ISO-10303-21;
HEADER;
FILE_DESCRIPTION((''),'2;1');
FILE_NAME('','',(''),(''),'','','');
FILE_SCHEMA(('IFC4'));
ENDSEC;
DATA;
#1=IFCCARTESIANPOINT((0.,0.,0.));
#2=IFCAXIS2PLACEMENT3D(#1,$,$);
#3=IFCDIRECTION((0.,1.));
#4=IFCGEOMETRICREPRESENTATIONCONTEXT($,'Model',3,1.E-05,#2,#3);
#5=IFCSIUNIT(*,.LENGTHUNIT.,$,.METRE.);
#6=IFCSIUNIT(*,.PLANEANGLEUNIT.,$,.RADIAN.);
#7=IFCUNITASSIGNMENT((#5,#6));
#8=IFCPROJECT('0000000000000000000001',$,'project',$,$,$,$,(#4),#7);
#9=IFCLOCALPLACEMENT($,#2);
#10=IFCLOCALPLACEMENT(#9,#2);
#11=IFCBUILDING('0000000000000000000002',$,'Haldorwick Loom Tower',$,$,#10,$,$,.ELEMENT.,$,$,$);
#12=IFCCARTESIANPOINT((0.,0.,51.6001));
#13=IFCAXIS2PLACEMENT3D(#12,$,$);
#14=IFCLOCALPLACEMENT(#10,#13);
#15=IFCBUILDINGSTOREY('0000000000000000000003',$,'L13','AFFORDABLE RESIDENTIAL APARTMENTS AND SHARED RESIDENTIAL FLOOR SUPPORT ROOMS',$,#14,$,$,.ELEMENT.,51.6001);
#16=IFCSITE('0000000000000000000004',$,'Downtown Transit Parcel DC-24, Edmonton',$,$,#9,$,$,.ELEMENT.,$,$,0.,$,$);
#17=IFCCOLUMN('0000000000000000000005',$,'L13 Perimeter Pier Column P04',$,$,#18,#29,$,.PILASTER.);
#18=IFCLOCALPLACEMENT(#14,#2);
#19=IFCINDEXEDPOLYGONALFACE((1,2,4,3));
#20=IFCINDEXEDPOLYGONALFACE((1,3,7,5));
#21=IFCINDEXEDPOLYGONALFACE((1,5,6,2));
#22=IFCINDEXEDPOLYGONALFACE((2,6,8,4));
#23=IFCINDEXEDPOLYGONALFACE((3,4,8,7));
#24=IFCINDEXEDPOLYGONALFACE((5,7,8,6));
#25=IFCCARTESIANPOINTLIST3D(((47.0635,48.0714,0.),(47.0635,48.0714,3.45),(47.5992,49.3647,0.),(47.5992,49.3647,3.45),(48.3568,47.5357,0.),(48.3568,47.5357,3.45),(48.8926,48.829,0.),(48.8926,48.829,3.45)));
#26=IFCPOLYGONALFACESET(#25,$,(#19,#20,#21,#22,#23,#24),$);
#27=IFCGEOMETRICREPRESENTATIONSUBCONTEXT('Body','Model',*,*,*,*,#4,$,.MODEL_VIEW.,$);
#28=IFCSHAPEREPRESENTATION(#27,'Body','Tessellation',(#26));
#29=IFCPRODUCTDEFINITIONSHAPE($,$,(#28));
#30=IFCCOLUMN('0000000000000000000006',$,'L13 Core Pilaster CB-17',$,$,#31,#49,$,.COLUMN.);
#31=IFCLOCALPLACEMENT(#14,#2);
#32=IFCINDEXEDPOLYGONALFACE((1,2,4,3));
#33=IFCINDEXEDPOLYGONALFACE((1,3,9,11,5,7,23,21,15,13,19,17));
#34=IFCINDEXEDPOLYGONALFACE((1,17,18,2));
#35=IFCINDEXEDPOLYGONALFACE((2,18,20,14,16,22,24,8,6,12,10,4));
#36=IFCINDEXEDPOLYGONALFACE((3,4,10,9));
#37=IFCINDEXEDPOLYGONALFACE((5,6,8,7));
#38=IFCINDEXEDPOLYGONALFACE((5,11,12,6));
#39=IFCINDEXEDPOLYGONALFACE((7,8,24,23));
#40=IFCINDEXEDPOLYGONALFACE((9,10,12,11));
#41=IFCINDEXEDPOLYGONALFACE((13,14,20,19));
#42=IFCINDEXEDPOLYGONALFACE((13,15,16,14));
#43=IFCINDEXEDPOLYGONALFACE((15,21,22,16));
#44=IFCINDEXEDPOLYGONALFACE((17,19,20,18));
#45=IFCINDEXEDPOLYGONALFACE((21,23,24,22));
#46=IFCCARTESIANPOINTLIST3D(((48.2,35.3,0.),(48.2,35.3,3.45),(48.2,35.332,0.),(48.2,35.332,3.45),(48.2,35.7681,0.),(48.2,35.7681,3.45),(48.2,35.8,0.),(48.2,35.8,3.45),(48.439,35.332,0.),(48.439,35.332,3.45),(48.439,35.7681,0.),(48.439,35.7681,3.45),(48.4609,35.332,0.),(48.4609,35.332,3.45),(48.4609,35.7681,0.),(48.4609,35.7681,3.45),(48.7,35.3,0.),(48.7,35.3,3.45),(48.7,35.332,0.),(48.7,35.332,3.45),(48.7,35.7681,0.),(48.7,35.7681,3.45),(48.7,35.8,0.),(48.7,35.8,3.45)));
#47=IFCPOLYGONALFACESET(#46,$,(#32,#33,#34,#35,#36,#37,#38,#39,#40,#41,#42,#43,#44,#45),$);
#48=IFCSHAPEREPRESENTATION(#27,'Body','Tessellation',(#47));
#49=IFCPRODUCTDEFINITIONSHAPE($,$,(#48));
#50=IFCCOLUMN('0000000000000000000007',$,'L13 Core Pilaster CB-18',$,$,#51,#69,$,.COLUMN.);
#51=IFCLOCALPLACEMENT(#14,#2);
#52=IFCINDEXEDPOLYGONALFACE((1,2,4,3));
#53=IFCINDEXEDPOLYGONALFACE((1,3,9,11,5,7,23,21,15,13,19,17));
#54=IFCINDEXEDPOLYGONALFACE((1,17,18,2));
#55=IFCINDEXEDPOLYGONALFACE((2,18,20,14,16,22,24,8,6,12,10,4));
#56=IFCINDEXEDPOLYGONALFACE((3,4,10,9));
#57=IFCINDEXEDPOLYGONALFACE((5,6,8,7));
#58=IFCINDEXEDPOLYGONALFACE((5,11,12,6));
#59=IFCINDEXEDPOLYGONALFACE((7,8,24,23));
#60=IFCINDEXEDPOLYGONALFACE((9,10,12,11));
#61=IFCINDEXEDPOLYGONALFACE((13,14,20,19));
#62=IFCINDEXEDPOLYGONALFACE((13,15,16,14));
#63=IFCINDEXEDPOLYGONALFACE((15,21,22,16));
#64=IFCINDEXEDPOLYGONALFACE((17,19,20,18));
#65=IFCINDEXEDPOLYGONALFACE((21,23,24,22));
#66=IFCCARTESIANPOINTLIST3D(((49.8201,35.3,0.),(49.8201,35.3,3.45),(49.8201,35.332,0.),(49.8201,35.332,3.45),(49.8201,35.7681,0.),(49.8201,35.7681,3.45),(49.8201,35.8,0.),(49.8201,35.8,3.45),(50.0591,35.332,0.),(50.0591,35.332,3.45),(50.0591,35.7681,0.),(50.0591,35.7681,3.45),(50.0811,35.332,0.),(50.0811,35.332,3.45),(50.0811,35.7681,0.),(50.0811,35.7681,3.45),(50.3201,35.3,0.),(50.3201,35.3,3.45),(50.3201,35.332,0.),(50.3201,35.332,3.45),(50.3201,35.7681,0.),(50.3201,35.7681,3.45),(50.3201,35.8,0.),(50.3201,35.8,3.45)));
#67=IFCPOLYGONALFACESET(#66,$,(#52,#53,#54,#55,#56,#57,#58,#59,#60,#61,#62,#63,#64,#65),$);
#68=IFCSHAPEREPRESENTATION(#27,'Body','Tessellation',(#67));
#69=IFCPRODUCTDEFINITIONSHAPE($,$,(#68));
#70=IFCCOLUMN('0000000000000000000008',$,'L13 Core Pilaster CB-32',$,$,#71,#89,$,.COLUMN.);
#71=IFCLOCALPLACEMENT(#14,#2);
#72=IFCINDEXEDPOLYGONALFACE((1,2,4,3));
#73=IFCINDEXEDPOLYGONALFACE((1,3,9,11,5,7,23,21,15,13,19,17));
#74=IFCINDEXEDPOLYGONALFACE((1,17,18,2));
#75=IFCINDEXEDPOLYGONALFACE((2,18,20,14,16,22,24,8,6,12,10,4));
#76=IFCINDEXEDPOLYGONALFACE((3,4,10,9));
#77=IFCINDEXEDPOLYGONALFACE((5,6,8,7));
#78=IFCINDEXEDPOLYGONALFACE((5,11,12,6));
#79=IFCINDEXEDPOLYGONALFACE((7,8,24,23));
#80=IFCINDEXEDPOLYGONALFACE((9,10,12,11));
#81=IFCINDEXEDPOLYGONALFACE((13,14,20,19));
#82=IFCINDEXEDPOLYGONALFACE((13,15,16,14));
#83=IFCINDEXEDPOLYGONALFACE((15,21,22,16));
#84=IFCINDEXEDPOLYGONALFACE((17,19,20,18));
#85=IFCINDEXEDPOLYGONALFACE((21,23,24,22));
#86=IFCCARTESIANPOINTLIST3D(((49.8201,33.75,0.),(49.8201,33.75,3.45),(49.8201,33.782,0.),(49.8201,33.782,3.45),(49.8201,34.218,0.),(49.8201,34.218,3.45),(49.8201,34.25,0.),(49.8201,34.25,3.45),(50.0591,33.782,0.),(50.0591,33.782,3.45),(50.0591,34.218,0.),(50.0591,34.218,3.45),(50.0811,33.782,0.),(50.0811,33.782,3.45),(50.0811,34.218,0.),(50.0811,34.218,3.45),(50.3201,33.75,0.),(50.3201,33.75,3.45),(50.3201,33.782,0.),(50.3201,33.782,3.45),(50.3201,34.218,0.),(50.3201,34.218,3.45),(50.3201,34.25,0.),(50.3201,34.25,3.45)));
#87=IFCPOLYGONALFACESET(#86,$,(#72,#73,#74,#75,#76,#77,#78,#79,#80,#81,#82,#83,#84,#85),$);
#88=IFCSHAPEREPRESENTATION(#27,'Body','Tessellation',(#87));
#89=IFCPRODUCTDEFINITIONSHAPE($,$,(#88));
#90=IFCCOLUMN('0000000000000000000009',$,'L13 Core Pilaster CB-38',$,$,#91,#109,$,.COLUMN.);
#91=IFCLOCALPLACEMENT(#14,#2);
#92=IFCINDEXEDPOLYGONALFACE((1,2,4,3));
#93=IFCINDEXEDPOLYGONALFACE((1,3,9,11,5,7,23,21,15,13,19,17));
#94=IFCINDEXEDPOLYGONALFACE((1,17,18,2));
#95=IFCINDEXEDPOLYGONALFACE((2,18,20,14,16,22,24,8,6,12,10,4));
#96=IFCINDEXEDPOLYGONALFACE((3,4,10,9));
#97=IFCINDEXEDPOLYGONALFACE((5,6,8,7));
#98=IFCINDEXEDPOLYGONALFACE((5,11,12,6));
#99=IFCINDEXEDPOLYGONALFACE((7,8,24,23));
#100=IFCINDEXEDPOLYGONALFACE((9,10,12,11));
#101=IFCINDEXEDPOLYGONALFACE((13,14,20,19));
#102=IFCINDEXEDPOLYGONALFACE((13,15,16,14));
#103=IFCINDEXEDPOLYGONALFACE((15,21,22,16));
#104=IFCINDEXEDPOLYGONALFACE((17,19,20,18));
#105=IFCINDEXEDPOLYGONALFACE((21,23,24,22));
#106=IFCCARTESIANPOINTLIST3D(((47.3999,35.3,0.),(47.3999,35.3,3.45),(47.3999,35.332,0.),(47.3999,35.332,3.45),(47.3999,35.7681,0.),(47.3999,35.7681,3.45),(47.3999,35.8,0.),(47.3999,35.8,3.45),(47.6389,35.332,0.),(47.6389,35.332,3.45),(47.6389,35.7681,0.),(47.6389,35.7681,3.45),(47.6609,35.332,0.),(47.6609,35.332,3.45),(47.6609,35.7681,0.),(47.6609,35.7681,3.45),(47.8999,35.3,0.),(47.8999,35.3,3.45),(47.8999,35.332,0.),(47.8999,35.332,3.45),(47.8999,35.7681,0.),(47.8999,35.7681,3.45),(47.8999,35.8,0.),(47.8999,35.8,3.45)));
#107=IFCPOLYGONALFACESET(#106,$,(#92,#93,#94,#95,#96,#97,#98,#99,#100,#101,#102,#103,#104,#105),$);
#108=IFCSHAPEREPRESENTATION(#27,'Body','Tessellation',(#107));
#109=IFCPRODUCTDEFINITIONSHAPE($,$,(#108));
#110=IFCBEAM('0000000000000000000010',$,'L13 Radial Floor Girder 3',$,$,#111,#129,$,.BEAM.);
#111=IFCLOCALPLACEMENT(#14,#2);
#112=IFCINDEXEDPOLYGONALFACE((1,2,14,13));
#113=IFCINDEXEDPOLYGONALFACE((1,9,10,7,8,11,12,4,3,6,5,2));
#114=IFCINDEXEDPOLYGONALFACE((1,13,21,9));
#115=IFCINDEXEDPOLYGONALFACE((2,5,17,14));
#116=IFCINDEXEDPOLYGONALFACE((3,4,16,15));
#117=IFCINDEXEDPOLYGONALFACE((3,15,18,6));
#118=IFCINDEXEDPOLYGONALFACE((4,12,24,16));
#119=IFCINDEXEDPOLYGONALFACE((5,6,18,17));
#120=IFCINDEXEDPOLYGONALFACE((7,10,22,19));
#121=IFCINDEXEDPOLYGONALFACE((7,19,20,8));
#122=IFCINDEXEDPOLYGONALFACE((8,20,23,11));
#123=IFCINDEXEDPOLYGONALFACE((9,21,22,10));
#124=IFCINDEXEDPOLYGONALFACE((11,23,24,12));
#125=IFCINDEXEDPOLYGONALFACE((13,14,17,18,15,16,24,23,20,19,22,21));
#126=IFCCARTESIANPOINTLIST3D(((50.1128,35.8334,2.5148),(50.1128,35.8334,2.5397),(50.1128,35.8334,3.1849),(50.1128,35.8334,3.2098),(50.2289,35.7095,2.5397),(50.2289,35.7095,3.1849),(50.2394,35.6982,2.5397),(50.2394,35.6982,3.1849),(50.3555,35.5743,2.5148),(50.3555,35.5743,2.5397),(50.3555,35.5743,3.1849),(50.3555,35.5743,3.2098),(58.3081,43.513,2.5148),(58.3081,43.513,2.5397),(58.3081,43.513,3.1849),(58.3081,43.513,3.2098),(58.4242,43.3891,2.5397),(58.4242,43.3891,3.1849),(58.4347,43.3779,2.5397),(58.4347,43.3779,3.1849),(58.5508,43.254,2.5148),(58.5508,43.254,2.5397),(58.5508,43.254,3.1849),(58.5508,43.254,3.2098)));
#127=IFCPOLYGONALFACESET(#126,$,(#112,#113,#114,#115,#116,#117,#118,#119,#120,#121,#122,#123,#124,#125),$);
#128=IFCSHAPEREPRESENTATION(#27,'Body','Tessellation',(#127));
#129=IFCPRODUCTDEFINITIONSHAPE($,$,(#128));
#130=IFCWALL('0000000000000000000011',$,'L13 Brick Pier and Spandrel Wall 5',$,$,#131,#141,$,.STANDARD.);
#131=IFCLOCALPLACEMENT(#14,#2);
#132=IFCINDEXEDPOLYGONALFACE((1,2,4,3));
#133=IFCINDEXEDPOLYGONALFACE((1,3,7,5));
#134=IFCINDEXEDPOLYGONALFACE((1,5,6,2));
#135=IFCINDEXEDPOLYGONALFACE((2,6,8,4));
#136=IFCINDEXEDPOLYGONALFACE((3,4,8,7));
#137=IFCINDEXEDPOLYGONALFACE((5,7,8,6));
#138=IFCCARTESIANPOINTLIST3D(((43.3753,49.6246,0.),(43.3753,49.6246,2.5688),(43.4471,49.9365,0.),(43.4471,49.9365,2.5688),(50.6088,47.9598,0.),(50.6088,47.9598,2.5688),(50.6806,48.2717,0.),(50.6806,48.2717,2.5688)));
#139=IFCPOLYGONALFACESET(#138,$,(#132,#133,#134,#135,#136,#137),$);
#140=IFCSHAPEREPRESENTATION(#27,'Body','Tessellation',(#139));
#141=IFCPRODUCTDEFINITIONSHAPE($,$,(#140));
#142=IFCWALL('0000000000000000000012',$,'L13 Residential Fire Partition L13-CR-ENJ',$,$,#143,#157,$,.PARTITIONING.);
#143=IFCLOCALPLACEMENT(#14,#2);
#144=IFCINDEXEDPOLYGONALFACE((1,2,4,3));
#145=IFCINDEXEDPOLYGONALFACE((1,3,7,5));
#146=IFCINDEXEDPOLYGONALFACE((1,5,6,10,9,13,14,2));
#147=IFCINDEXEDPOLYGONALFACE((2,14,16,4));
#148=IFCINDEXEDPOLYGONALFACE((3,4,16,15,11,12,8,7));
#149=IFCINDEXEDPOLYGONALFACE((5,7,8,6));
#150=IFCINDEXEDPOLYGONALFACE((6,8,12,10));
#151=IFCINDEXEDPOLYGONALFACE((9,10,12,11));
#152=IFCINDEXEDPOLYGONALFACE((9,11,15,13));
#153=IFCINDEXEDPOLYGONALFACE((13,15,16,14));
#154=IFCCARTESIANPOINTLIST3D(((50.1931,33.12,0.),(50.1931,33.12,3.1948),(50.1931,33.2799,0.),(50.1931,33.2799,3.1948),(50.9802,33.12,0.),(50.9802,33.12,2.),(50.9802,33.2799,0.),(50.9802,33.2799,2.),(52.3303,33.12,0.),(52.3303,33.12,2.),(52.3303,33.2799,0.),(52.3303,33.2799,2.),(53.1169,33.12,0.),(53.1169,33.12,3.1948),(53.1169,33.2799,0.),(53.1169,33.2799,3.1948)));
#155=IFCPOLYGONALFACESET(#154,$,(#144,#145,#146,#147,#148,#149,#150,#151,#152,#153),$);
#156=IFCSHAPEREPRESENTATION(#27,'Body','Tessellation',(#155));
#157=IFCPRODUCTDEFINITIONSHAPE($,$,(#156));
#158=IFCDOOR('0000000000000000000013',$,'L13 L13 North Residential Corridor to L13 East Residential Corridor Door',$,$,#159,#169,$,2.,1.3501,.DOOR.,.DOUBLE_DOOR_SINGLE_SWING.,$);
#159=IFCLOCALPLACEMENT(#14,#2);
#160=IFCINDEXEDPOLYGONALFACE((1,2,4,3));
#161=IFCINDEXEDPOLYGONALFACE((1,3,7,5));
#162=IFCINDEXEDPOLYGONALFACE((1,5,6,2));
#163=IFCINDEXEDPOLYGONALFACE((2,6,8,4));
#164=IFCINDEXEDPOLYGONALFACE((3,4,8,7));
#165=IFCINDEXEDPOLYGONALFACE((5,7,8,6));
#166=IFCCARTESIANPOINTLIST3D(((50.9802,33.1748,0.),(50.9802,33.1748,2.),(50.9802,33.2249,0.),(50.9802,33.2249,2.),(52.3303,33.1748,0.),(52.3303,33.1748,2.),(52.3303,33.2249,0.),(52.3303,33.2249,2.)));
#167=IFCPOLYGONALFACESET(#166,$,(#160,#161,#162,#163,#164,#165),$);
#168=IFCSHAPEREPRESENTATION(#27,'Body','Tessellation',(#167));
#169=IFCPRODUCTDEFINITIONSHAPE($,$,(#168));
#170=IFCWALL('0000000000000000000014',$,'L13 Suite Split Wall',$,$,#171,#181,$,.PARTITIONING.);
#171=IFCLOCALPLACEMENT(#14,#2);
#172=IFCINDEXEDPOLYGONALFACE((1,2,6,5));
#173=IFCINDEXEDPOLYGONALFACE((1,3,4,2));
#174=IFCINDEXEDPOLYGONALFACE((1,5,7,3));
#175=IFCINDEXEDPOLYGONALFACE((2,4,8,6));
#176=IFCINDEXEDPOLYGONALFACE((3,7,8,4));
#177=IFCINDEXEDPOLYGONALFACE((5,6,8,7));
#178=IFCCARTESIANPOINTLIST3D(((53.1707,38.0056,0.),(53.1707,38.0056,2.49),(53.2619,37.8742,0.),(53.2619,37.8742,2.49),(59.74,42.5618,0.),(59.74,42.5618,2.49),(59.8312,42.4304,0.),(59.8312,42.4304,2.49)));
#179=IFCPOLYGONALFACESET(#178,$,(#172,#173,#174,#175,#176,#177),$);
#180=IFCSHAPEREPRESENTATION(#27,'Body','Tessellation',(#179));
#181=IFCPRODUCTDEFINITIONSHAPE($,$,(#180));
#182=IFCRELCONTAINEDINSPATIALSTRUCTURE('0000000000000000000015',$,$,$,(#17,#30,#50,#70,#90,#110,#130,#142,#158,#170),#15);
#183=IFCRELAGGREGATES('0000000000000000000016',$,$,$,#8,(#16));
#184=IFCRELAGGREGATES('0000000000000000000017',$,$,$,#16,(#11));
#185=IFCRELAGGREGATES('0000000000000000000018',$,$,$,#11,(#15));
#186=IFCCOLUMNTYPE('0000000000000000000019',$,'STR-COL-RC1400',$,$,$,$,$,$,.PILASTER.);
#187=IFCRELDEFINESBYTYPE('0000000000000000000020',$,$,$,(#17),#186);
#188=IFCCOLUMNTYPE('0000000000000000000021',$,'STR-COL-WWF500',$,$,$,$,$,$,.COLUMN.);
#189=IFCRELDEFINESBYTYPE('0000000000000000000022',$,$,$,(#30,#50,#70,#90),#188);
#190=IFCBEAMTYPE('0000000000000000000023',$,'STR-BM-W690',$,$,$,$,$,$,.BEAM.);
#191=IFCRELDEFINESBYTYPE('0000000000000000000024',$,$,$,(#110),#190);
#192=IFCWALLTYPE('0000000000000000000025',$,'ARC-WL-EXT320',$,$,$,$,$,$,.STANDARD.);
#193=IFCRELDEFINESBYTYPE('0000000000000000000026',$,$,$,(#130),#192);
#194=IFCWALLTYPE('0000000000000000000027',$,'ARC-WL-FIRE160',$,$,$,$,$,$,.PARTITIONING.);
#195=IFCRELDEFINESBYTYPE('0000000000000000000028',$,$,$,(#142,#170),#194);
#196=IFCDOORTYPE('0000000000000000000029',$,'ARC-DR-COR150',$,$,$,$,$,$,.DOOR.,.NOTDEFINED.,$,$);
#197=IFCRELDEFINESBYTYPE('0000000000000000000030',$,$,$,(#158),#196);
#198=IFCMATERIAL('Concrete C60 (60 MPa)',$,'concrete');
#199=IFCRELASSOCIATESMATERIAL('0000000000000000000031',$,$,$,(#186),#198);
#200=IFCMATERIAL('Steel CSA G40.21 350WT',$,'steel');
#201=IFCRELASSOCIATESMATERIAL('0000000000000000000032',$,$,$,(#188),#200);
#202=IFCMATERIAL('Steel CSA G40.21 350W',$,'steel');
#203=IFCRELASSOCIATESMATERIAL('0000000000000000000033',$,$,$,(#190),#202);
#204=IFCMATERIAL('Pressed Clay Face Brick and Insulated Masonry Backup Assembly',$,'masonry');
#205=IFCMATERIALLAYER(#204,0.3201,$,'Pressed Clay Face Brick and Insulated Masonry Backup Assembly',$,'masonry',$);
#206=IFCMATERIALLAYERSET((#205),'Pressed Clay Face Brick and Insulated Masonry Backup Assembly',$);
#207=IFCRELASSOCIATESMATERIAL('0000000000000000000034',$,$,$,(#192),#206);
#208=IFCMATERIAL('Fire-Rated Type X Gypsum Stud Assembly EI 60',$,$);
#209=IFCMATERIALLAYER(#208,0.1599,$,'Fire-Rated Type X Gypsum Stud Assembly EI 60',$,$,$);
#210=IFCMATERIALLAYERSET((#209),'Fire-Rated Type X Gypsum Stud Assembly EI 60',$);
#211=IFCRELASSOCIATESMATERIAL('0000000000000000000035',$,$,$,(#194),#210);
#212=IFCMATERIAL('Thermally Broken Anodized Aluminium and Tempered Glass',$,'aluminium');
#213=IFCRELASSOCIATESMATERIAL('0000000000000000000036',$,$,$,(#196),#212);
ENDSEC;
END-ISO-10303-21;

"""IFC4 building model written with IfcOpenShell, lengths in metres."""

from ifc_helpers import new_model, si_unit, direction, frame, frame_2d, origin, origin_2d, place, context, subcontext, project, spatial, rectangle, i_section, extrude, material, layer, layer_set, material_profile, profile_set, type_object, element, fill, save


model = new_model("IFC4")

# Units and contexts
model_context = context("Model", 3, precision=1e-05, world=origin(), true_north=direction((0.0, 1.0)))
body_context = subcontext(model_context, "Body", "Model", "MODEL_VIEW")
ifc_project = project(units=[si_unit("LENGTHUNIT", "METRE"), si_unit("PLANEANGLEUNIT", "RADIAN")], contexts=[model_context])

# Site, building, storey
site_placement = place(None, origin())
site = spatial("IfcSite", under=ifc_project, at=site_placement, Name="Downtown Transit Parcel DC-24, Edmonton", CompositionType="ELEMENT", RefElevation=0.0)
building_placement = place(site_placement, origin())
building = spatial("IfcBuilding", under=site, at=building_placement, Name="Haldorwick Loom Tower", CompositionType="ELEMENT")
storey_placement = place(building_placement, frame((0.0, 0.0, 51.6001)))
storey = spatial("IfcBuildingStorey", under=building, at=storey_placement, Name="L13", Description="AFFORDABLE RESIDENTIAL APARTMENTS AND SHARED RESIDENTIAL FLOOR SUPPORT ROOMS", CompositionType="ELEMENT", Elevation=51.6001)

# Columns
ifc_material_1 = material(Name="Concrete C60 (60 MPa)", Category="concrete")
ifc_material_profile_1 = material_profile(ifc_material_1, rectangle(XDim=1.3999, YDim=1.3999, at=origin_2d()), Name="RC1400X1400", Category="concrete")
ifc_profile_set_1 = profile_set([ifc_material_profile_1], Name="Concrete C60 (60 MPa)")
column_type_1 = type_object("IfcColumnType", Name="STR-COL-RC1400", PredefinedType="PILASTER", material=ifc_profile_set_1)
column_placement = place(storey_placement, frame((47.978, 48.4502, 0.0), z_axis=(0.0, 0.0, 1.0), x_axis=(0.382683, 0.92388, 0.0)))
element("IfcColumn", 1, at=column_placement, inside=storey, type_object=column_type_1, Name="L13 Perimeter Pier Column P04", PredefinedType="PILASTER", context=body_context, shape_type="SweptSolid", body=[
    extrude(rectangle(XDim=1.3999, YDim=1.3999, at=origin_2d()), origin(), (0.0, 0.0, 1.0), 3.45),
])
ifc_material_2 = material(Name="Steel CSA G40.21 350WT", Category="steel")
ifc_material_profile_2 = material_profile(ifc_material_2, i_section(OverallWidth=0.5, OverallDepth=0.5, WebThickness=0.022, FlangeThickness=0.032, at=origin_2d()), Name="WWF500X500", Category="steel")
ifc_profile_set_2 = profile_set([ifc_material_profile_2], Name="Steel CSA G40.21 350WT")
column_type_2 = type_object("IfcColumnType", Name="STR-COL-WWF500", PredefinedType="COLUMN", material=ifc_profile_set_2)
for number, where, z_axis, x_axis, name in (
    (2, (48.45, 35.55, 0.0), (0.0, 0.0, 1.0), (1.0, 0.0, 0.0), "L13 Core Pilaster CB-17"),
    (3, (50.0701, 35.55, 0.0), (0.0, 0.0, 1.0), (1.0, 0.0, 0.0), "L13 Core Pilaster CB-18"),
    (4, (50.0701, 34.0, 0.0), (0.0, 0.0, 1.0), (1.0, 0.0, 0.0), "L13 Core Pilaster CB-32"),
    (5, (47.6499, 35.55, 0.0), (0.0, 0.0, 1.0), (1.0, 0.0, 0.0), "L13 Core Pilaster CB-38"),
):
    element("IfcColumn", number, at=place(storey_placement, frame(where, z_axis=z_axis, x_axis=x_axis)), inside=storey, type_object=column_type_2, Name=name, PredefinedType="COLUMN", context=body_context, shape_type="SweptSolid", body=[
        extrude(i_section(OverallWidth=0.5, OverallDepth=0.5, WebThickness=0.022, FlangeThickness=0.032, at=origin_2d()), origin(), (0.0, 0.0, 1.0), 3.45),
    ])

# Beam
ifc_material_3 = material(Name="Steel CSA G40.21 350W", Category="steel")
ifc_material_profile_3 = material_profile(ifc_material_3, i_section(OverallWidth=0.355, OverallDepth=0.6951, WebThickness=0.0154, FlangeThickness=0.0249, at=origin_2d()), Name="W690X217", Category="steel")
ifc_profile_set_3 = profile_set([ifc_material_profile_3], Name="Steel CSA G40.21 350W")
beam_type = type_object("IfcBeamType", Name="STR-BM-W690", PredefinedType="BEAM", material=ifc_profile_set_3)
beam_placement = place(storey_placement, frame((50.2341, 35.7039, 2.8623), z_axis=(0.729689, 0.683779, 0.0), x_axis=(-0.683779, 0.729689, 0.0)))
element("IfcBeam", 6, at=beam_placement, inside=storey, type_object=beam_type, Name="L13 Radial Floor Girder 3", PredefinedType="BEAM", context=body_context, shape_type="SweptSolid", body=[
    extrude(i_section(OverallWidth=0.355, OverallDepth=0.6951, WebThickness=0.0154, FlangeThickness=0.0249, at=origin_2d()), origin(), (0.0, 0.0, 1.0), 11.2312),
])

# Wall
ifc_material_4 = material(Name="Pressed Clay Face Brick and Insulated Masonry Backup Assembly", Category="masonry")
ifc_layer_1 = layer(ifc_material_4, 0.3201, Name="Pressed Clay Face Brick and Insulated Masonry Backup Assembly", Category="masonry")
ifc_layer_set_1 = layer_set([ifc_layer_1], Name="Pressed Clay Face Brick and Insulated Masonry Backup Assembly")
wall_type_1 = type_object("IfcWallType", Name="ARC-WL-EXT320", PredefinedType="STANDARD", material=ifc_layer_set_1)
wall_1_placement = place(storey_placement, frame((50.6448, 48.1157, 0.0), z_axis=(0.0, 0.0, 1.0), x_axis=(-0.974522, 0.22429, 0.0)))
element("IfcWall", 7, at=wall_1_placement, inside=storey, type_object=wall_type_1, Name="L13 Brick Pier and Spandrel Wall 5", PredefinedType="STANDARD", context=body_context, shape_type="SweptSolid", body=[
    extrude(rectangle(XDim=7.4226, YDim=0.3201, at=frame_2d((3.7114, 0.0))), origin(), (0.0, 0.0, 1.0), 2.5688),
])

# Wall, opening, door
ifc_material_5 = material(Name="Fire-Rated Type X Gypsum Stud Assembly EI 60")
ifc_layer_2 = layer(ifc_material_5, 0.1599, Name="Fire-Rated Type X Gypsum Stud Assembly EI 60")
ifc_layer_set_2 = layer_set([ifc_layer_2], Name="Fire-Rated Type X Gypsum Stud Assembly EI 60")
wall_type_2 = type_object("IfcWallType", Name="ARC-WL-FIRE160", PredefinedType="PARTITIONING", material=ifc_layer_set_2)
wall_2_placement = place(storey_placement, frame((50.1931, 33.2, 0.0), z_axis=(0.0, 0.0, 1.0), x_axis=(1.0, 0.0, 0.0)))
wall_2 = element("IfcWall", 8, at=wall_2_placement, inside=storey, type_object=wall_type_2, Name="L13 Residential Fire Partition L13-CR-ENJ", PredefinedType="PARTITIONING", context=body_context, shape_type="SweptSolid", body=[
    extrude(rectangle(XDim=2.9238, YDim=0.1599, at=frame_2d((1.4619, 0.0))), origin(), (0.0, 0.0, 1.0), 3.1948),
])
opening_1_placement = place(wall_2_placement, frame((0.7871, 0.0, 0.0)))
opening_1 = element("IfcOpeningElement", 9, at=opening_1_placement, cuts=wall_2, PredefinedType="OPENING", context=body_context, shape_type="SweptSolid", body=[
    extrude(rectangle(XDim=1.3501, YDim=2.0, at=frame_2d((0.675, 1.0))), frame((0.0, 0.0898, 0.0), z_axis=(0.0, -1.0, 0.0), x_axis=(1.0, 0.0, 0.0)), (0.0, 0.0, 1.0), 0.1799),
])
ifc_material_6 = material(Name="Thermally Broken Anodized Aluminium and Tempered Glass", Category="aluminium")
door_type_1 = type_object("IfcDoorType", Name="ARC-DR-COR150", OperationType="NOTDEFINED", PredefinedType="DOOR", material=ifc_material_6)
door_1_placement = place(opening_1_placement, origin())
door_1 = element("IfcDoor", 10, at=door_1_placement, inside=storey, type_object=door_type_1, Name="L13 L13 North Residential Corridor to L13 East Residential Corridor Door", OperationType="DOUBLE_DOOR_SINGLE_SWING", OverallHeight=2.0, OverallWidth=1.3501, PredefinedType="DOOR", context=body_context, shape_type="SweptSolid", body=[
    extrude(rectangle(XDim=1.3501, YDim=2.0, at=frame_2d((0.675, 1.0))), frame((0.0, 0.0249, 0.0), z_axis=(0.0, -1.0, 0.0), x_axis=(1.0, 0.0, 0.0)), (0.0, 0.0, 1.0), 0.05),
])
fill(opening_1, door_1)

# Wall
wall_3_placement = place(storey_placement, frame((53.2163, 37.9399, 0.0), z_axis=(0.0, 0.0, 1.0), x_axis=(0.821715, 0.569899, 0.0)))
element("IfcWall", 11, at=wall_3_placement, inside=storey, type_object=wall_type_2, Name="L13 Suite Split Wall", PredefinedType="PARTITIONING", context=body_context, shape_type="SweptSolid", body=[
    extrude(rectangle(XDim=7.9946, YDim=0.1599, at=frame_2d((3.9973, 0.0))), origin(), (0.0, 0.0, 1.0), 2.49),
])

save(model, "model.ifc")
